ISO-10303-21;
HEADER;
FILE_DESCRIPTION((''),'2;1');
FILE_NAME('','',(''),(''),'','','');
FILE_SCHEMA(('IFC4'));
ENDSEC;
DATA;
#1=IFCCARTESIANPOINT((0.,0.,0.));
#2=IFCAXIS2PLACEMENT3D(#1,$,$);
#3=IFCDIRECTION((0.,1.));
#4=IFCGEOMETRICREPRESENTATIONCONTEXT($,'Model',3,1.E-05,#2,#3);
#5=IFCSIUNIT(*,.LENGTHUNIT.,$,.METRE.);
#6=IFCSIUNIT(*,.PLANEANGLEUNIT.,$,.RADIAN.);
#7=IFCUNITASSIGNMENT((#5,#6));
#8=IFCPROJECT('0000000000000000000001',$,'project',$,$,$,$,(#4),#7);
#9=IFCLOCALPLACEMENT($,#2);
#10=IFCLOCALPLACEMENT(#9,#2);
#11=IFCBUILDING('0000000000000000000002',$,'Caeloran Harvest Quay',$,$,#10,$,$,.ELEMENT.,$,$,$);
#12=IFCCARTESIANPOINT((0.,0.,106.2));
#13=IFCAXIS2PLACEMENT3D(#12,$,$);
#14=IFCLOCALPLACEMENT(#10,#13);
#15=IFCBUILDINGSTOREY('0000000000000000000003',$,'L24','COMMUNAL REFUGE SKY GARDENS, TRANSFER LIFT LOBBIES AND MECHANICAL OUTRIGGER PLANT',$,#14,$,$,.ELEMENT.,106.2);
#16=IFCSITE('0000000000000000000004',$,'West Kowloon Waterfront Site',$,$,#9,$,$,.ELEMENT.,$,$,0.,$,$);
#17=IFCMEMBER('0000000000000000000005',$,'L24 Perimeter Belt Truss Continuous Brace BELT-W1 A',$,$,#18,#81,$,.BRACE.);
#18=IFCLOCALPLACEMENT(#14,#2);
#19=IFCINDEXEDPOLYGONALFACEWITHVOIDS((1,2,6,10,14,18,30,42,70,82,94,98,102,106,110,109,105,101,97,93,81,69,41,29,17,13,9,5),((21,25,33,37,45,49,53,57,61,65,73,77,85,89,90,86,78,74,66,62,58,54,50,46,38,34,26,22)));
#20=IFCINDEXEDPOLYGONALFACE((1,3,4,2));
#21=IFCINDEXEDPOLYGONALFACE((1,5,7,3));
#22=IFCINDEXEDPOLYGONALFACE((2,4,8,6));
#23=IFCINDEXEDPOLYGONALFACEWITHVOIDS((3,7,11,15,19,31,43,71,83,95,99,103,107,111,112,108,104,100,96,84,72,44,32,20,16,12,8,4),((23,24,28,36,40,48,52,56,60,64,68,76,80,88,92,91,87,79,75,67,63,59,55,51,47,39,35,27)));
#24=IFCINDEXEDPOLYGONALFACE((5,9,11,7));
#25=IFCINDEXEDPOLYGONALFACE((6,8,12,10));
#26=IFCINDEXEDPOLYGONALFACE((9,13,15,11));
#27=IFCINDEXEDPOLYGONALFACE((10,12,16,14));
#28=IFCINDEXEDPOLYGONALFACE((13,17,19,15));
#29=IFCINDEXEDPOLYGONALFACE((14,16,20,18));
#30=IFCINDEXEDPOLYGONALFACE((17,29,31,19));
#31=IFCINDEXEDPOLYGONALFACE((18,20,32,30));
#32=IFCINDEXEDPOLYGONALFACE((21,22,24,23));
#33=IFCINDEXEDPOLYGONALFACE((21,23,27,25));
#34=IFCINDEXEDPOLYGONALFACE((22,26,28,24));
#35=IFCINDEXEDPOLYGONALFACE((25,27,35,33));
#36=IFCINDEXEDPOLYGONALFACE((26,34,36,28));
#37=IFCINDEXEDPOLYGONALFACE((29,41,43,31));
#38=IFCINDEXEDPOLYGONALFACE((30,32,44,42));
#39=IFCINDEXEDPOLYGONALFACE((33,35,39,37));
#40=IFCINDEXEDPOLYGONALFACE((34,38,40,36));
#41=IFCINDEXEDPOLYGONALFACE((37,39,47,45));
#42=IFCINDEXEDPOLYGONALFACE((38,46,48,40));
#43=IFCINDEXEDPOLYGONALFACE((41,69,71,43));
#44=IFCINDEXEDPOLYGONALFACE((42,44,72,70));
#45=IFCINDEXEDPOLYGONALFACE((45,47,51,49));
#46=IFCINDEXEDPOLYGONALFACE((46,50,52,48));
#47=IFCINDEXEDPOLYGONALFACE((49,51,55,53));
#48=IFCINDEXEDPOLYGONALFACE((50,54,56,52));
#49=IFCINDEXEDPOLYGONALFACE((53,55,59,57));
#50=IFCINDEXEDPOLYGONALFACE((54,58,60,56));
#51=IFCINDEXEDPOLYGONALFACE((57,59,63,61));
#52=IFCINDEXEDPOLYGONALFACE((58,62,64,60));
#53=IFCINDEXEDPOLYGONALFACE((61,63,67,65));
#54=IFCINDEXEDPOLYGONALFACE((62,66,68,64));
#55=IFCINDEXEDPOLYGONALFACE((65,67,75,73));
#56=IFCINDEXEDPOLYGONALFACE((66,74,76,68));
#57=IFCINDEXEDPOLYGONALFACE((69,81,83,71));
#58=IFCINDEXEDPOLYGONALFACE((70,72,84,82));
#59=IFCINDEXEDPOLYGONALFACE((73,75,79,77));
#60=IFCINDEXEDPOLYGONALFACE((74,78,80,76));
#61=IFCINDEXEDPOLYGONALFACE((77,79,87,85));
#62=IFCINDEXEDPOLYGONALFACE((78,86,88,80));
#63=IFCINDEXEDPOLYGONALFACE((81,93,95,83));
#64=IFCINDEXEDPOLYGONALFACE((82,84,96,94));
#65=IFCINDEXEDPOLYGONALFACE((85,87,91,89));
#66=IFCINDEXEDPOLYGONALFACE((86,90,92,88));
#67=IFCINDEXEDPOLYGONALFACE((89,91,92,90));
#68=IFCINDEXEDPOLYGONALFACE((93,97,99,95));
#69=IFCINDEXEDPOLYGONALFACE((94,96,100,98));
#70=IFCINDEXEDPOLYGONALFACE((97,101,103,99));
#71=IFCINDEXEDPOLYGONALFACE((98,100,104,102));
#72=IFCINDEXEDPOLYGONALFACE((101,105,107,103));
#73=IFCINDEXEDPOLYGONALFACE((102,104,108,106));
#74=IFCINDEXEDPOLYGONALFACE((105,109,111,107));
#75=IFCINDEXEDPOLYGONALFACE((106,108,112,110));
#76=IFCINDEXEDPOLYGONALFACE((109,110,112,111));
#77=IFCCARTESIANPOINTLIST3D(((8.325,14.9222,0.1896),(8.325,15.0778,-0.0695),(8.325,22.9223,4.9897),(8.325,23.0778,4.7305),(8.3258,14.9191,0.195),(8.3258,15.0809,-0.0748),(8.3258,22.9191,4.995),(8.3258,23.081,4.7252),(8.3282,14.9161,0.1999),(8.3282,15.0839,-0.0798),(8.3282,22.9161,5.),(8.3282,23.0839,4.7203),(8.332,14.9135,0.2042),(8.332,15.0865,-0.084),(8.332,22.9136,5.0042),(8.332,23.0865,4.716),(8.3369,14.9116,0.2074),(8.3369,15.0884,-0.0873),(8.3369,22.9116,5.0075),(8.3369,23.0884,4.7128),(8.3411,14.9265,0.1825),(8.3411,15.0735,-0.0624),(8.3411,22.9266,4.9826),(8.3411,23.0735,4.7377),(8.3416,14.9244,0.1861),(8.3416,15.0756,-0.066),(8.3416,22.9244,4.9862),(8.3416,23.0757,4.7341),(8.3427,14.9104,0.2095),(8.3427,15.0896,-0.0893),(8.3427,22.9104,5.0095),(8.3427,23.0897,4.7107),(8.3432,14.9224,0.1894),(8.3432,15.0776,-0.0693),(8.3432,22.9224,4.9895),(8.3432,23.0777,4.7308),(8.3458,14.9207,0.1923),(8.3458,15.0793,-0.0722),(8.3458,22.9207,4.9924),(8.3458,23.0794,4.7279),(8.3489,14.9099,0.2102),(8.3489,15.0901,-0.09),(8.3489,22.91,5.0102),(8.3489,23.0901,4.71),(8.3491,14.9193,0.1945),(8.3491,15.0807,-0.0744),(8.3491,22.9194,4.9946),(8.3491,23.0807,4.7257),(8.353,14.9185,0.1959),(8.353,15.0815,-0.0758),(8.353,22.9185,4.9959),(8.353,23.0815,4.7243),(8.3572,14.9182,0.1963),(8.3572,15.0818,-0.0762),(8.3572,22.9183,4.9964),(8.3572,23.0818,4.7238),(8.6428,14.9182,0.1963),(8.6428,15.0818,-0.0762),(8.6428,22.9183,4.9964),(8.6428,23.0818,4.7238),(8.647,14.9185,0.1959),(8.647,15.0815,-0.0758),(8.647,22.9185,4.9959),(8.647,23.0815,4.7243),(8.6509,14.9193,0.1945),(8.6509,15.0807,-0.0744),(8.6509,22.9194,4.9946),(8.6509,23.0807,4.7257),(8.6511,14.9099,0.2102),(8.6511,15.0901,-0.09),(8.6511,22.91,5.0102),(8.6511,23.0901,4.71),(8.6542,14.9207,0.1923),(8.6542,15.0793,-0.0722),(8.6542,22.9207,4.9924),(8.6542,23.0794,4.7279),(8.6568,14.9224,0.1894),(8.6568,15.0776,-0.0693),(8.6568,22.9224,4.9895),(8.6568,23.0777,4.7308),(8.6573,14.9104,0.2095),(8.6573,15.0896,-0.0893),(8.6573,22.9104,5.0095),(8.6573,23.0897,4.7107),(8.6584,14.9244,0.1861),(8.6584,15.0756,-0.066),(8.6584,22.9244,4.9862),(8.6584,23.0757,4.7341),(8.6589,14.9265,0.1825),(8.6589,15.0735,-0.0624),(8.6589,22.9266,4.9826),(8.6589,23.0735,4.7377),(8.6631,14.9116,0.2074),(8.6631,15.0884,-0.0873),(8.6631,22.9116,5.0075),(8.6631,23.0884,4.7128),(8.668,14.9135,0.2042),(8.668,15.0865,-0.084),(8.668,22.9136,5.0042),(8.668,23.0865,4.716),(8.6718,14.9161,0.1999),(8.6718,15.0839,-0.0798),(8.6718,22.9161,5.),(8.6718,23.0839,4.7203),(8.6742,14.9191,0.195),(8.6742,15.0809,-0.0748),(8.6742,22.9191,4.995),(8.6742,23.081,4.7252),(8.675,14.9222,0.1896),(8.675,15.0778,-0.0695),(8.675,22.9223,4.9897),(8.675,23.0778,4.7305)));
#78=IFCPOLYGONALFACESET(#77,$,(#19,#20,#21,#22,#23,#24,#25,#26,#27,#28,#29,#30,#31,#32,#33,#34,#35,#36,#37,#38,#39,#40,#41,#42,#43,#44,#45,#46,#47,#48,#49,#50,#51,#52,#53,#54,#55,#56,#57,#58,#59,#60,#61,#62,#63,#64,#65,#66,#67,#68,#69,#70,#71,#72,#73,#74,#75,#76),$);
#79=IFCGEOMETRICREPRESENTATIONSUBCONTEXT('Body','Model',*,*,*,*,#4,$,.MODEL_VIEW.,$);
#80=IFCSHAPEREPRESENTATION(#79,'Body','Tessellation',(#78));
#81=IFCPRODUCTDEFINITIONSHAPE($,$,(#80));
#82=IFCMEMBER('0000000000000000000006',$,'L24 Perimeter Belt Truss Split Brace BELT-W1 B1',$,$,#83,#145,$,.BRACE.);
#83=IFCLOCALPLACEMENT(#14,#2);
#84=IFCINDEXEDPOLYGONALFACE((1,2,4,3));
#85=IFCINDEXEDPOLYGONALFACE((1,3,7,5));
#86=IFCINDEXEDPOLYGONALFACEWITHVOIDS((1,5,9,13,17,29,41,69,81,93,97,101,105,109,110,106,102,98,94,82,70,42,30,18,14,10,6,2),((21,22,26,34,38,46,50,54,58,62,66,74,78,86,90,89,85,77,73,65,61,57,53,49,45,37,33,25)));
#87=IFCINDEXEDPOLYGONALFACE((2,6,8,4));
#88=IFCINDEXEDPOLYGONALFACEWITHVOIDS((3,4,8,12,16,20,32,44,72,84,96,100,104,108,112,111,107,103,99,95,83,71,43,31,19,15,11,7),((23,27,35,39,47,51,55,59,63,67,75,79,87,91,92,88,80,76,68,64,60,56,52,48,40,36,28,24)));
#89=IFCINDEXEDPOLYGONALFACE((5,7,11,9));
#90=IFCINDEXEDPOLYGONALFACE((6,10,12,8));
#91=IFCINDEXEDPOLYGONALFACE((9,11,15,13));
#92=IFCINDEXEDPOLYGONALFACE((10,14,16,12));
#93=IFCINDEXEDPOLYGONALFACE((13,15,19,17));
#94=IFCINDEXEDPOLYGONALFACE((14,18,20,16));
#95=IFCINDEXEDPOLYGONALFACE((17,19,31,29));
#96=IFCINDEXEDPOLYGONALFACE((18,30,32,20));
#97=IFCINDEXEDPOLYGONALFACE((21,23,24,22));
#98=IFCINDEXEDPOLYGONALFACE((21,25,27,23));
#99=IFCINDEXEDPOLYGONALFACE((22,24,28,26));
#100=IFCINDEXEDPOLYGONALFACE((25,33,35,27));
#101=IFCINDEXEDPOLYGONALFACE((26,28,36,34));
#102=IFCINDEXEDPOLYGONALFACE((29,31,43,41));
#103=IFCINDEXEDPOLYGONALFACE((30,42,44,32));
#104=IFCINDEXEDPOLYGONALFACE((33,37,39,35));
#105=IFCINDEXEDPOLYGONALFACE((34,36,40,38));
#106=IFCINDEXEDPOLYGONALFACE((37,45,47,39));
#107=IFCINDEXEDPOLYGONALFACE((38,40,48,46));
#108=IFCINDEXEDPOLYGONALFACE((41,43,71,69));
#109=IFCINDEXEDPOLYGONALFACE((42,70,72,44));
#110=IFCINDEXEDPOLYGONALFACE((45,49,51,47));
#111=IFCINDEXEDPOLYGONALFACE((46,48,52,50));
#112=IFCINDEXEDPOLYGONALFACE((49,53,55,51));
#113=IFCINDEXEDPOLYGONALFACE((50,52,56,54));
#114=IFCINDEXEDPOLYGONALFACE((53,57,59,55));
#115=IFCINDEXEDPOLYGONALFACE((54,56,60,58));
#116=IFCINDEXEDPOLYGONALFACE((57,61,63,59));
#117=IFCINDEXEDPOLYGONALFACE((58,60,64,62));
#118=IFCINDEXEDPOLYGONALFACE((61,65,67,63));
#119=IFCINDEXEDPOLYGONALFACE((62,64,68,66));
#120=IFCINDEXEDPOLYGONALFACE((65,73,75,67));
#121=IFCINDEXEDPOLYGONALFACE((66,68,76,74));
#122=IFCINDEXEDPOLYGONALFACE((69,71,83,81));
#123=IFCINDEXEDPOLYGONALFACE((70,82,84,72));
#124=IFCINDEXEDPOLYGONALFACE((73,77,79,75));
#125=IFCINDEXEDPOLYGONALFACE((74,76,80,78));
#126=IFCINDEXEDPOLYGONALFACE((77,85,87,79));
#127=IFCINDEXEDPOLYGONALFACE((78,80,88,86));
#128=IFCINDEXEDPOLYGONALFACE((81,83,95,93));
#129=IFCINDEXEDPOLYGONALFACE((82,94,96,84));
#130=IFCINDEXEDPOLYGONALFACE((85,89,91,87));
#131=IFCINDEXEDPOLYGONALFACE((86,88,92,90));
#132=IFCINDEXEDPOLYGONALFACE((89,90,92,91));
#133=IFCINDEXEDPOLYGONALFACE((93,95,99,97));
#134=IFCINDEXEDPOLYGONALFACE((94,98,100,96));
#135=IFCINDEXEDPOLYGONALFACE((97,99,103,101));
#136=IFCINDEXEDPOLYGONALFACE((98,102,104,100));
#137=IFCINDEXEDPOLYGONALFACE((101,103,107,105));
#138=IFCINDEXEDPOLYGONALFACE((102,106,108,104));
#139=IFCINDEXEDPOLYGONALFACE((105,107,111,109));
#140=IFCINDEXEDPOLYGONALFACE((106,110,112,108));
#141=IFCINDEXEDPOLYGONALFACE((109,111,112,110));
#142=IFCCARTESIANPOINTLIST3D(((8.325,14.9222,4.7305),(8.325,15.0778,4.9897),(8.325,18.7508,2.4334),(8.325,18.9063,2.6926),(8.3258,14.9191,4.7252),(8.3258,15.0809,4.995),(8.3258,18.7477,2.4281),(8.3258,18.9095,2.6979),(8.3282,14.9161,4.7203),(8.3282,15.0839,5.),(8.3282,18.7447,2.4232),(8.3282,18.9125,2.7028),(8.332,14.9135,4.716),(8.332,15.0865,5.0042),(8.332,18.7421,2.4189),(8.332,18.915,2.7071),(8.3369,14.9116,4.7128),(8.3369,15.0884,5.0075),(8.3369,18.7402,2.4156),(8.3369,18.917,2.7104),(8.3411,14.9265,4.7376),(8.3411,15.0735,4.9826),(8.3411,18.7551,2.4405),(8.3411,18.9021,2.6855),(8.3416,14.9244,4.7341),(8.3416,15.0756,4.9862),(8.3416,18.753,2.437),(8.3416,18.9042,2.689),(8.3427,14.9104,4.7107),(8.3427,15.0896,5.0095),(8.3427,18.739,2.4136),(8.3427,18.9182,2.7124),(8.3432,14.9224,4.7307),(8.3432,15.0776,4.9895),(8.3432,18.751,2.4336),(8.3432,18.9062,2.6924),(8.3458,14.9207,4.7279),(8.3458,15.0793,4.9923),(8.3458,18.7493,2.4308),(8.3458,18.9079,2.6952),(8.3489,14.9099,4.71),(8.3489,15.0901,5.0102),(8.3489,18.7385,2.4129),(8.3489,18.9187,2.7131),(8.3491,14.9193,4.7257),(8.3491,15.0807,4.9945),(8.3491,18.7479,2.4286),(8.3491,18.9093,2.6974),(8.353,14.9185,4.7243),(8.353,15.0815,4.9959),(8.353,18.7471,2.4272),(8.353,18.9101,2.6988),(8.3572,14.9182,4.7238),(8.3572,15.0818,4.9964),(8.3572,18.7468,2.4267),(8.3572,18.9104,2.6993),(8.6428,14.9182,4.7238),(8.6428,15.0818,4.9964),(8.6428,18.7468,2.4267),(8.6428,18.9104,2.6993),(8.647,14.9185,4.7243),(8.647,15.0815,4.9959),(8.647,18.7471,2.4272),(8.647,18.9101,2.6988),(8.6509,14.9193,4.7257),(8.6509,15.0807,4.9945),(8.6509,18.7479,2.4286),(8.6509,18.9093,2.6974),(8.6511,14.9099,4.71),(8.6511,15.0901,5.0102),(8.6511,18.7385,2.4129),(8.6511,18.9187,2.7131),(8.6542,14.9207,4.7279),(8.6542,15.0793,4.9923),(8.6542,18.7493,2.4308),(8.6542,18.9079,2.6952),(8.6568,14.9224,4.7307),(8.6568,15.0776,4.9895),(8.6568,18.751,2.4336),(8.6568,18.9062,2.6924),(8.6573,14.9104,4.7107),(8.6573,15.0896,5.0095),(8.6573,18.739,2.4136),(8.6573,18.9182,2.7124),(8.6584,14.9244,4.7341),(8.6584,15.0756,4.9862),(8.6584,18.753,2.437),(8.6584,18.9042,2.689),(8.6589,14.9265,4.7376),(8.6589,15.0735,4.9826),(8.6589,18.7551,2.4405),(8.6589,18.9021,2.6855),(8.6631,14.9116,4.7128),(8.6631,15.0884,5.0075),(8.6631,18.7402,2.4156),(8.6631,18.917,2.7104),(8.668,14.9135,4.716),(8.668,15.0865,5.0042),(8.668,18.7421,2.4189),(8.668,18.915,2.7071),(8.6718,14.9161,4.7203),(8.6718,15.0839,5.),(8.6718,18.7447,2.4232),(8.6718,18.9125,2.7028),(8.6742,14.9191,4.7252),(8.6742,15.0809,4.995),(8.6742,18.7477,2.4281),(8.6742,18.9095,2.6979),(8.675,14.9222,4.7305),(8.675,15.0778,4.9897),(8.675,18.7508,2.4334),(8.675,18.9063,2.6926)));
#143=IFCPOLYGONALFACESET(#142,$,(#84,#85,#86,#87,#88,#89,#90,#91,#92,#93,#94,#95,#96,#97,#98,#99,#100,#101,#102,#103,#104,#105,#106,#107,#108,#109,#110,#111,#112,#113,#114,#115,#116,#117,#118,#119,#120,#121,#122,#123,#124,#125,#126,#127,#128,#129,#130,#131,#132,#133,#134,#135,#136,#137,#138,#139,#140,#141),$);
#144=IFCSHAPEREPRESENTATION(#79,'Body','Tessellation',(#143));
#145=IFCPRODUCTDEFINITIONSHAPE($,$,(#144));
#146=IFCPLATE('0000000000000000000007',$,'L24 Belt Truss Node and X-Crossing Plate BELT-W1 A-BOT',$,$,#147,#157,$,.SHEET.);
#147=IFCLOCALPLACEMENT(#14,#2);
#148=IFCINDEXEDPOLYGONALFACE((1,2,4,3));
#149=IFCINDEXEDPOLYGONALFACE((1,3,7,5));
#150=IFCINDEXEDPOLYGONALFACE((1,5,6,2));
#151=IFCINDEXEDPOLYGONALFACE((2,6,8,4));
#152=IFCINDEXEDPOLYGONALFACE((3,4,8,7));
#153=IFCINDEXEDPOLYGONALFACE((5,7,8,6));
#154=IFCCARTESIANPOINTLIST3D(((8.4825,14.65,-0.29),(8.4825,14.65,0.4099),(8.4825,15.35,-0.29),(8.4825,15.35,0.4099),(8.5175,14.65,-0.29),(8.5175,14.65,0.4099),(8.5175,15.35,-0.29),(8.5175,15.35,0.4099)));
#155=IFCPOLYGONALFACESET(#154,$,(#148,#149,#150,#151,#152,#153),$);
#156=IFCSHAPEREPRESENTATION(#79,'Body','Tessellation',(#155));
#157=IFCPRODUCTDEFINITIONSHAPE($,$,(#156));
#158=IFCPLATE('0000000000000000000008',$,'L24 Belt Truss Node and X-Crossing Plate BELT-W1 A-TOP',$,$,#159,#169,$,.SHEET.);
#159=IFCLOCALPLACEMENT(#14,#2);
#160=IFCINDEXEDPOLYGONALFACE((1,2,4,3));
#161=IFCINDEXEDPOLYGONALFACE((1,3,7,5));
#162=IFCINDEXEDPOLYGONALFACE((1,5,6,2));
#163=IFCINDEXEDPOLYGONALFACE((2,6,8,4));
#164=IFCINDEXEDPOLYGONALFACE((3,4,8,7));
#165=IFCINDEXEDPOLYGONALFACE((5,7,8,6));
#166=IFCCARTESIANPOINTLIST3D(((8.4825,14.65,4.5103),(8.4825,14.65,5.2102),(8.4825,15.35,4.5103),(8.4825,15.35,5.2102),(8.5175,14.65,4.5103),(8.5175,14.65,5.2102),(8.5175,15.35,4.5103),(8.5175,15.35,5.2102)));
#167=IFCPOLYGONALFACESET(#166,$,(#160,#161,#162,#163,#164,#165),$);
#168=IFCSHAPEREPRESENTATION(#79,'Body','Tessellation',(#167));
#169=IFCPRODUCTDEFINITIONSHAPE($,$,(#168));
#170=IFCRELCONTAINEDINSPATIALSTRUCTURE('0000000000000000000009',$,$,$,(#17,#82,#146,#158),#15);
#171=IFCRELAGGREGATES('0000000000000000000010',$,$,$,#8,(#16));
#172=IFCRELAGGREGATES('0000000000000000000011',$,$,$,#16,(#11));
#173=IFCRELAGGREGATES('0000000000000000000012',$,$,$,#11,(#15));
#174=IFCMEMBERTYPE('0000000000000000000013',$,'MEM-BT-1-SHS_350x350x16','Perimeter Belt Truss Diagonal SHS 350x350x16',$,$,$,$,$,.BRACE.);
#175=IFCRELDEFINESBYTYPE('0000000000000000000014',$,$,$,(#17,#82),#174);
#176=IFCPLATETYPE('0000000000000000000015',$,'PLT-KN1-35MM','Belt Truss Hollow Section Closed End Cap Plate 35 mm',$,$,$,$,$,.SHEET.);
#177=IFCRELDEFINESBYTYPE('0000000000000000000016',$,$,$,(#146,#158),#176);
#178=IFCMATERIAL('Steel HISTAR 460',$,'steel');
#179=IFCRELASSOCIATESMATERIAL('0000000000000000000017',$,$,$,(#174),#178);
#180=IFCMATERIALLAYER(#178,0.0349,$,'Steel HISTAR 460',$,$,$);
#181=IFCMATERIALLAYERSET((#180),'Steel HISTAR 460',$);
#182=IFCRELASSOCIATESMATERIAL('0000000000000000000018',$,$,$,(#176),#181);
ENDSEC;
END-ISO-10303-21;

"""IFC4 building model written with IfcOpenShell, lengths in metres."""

from ifc_helpers import new_model, si_unit, direction, frame, origin, origin_2d, place, context, subcontext, project, spatial, rectangle, hollow_rectangle, extrude, material, layer, layer_set, material_profile, profile_set, type_object, element, save


model = new_model("IFC4")

# Units and contexts
model_context = context("Model", 3, precision=1e-05, world=origin(), true_north=direction((0.0, 1.0)))
body_context = subcontext(model_context, "Body", "Model", "MODEL_VIEW")
ifc_project = project(units=[si_unit("LENGTHUNIT", "METRE"), si_unit("PLANEANGLEUNIT", "RADIAN")], contexts=[model_context])

# Site, building, storey
site_placement = place(None, origin())
site = spatial("IfcSite", under=ifc_project, at=site_placement, Name="West Kowloon Waterfront Site", CompositionType="ELEMENT", RefElevation=0.0)
building_placement = place(site_placement, origin())
building = spatial("IfcBuilding", under=site, at=building_placement, Name="Caeloran Harvest Quay", CompositionType="ELEMENT")
storey_placement = place(building_placement, frame((0.0, 0.0, 106.2)))
storey = spatial("IfcBuildingStorey", under=building, at=storey_placement, Name="L24", Description="COMMUNAL REFUGE SKY GARDENS, TRANSFER LIFT LOBBIES AND MECHANICAL OUTRIGGER PLANT", CompositionType="ELEMENT", Elevation=106.2)

# Members
ifc_material_1 = material(Name="Steel HISTAR 460", Category="steel")
ifc_material_profile_1 = material_profile(ifc_material_1, hollow_rectangle(XDim=0.3501, YDim=0.3501, WallThickness=0.0161, InnerFilletRadius=0.0161, OuterFilletRadius=0.0239, at=origin_2d()), Name="SHS 350x350x16")
ifc_profile_set_1 = profile_set([ifc_material_profile_1], Name="Steel HISTAR 460")
member_type = type_object("IfcMemberType", Name="MEM-BT-1-SHS_350x350x16", Description="Perimeter Belt Truss Diagonal SHS 350x350x16", PredefinedType="BRACE", material=ifc_profile_set_1)
member_1_placement = place(storey_placement, frame((8.5, 15.0, 0.0601), z_axis=(0.0, 0.857491, 0.5145), x_axis=(-1.0, 0.0, 0.0)))
element("IfcMember", 1, at=member_1_placement, inside=storey, type_object=member_type, Name="L24 Perimeter Belt Truss Continuous Brace BELT-W1 A", PredefinedType="BRACE", context=body_context, shape_type="SweptSolid", body=[
    extrude(hollow_rectangle(XDim=0.3501, YDim=0.3501, WallThickness=0.0161, InnerFilletRadius=0.0161, OuterFilletRadius=0.0239, at=origin_2d()), origin(), (0.0, 0.0, 1.0), 9.3296),
])
member_2_placement = place(storey_placement, frame((8.5, 15.0, 4.8601), z_axis=(0.0, 0.857498, -0.514488), x_axis=(-1.0, 0.0, 0.0)))
element("IfcMember", 2, at=member_2_placement, inside=storey, type_object=member_type, Name="L24 Perimeter Belt Truss Split Brace BELT-W1 B1", PredefinedType="BRACE", context=body_context, shape_type="SweptSolid", body=[
    extrude(hollow_rectangle(XDim=0.3501, YDim=0.3501, WallThickness=0.0161, InnerFilletRadius=0.0161, OuterFilletRadius=0.0239, at=origin_2d()), origin(), (0.0, 0.0, 1.0), 4.4648),
])

# Plates
ifc_layer_1 = layer(ifc_material_1, 0.0349, Name="Steel HISTAR 460")
ifc_layer_set_1 = layer_set([ifc_layer_1], Name="Steel HISTAR 460")
plate_type = type_object("IfcPlateType", Name="PLT-KN1-35MM", Description="Belt Truss Hollow Section Closed End Cap Plate 35 mm", PredefinedType="SHEET", material=ifc_layer_set_1)
for number, where, z_axis, x_axis, name in (
    (3, (8.5, 15.0, -0.29), (0.0, 0.0, 1.0), (0.0, 1.0, 0.0), "L24 Belt Truss Node and X-Crossing Plate BELT-W1 A-BOT"),
    (4, (8.5, 15.0, 4.5103), (0.0, 0.0, 1.0), (0.0, 1.0, 0.0), "L24 Belt Truss Node and X-Crossing Plate BELT-W1 A-TOP"),
):
    element("IfcPlate", number, at=place(storey_placement, frame(where, z_axis=z_axis, x_axis=x_axis)), inside=storey, type_object=plate_type, Name=name, PredefinedType="SHEET", context=body_context, shape_type="SweptSolid", body=[
        extrude(rectangle(XDim=0.7, YDim=0.0349, at=origin_2d()), origin(), (0.0, 0.0, 1.0), 0.7),
    ])

save(model, "model.ifc")
